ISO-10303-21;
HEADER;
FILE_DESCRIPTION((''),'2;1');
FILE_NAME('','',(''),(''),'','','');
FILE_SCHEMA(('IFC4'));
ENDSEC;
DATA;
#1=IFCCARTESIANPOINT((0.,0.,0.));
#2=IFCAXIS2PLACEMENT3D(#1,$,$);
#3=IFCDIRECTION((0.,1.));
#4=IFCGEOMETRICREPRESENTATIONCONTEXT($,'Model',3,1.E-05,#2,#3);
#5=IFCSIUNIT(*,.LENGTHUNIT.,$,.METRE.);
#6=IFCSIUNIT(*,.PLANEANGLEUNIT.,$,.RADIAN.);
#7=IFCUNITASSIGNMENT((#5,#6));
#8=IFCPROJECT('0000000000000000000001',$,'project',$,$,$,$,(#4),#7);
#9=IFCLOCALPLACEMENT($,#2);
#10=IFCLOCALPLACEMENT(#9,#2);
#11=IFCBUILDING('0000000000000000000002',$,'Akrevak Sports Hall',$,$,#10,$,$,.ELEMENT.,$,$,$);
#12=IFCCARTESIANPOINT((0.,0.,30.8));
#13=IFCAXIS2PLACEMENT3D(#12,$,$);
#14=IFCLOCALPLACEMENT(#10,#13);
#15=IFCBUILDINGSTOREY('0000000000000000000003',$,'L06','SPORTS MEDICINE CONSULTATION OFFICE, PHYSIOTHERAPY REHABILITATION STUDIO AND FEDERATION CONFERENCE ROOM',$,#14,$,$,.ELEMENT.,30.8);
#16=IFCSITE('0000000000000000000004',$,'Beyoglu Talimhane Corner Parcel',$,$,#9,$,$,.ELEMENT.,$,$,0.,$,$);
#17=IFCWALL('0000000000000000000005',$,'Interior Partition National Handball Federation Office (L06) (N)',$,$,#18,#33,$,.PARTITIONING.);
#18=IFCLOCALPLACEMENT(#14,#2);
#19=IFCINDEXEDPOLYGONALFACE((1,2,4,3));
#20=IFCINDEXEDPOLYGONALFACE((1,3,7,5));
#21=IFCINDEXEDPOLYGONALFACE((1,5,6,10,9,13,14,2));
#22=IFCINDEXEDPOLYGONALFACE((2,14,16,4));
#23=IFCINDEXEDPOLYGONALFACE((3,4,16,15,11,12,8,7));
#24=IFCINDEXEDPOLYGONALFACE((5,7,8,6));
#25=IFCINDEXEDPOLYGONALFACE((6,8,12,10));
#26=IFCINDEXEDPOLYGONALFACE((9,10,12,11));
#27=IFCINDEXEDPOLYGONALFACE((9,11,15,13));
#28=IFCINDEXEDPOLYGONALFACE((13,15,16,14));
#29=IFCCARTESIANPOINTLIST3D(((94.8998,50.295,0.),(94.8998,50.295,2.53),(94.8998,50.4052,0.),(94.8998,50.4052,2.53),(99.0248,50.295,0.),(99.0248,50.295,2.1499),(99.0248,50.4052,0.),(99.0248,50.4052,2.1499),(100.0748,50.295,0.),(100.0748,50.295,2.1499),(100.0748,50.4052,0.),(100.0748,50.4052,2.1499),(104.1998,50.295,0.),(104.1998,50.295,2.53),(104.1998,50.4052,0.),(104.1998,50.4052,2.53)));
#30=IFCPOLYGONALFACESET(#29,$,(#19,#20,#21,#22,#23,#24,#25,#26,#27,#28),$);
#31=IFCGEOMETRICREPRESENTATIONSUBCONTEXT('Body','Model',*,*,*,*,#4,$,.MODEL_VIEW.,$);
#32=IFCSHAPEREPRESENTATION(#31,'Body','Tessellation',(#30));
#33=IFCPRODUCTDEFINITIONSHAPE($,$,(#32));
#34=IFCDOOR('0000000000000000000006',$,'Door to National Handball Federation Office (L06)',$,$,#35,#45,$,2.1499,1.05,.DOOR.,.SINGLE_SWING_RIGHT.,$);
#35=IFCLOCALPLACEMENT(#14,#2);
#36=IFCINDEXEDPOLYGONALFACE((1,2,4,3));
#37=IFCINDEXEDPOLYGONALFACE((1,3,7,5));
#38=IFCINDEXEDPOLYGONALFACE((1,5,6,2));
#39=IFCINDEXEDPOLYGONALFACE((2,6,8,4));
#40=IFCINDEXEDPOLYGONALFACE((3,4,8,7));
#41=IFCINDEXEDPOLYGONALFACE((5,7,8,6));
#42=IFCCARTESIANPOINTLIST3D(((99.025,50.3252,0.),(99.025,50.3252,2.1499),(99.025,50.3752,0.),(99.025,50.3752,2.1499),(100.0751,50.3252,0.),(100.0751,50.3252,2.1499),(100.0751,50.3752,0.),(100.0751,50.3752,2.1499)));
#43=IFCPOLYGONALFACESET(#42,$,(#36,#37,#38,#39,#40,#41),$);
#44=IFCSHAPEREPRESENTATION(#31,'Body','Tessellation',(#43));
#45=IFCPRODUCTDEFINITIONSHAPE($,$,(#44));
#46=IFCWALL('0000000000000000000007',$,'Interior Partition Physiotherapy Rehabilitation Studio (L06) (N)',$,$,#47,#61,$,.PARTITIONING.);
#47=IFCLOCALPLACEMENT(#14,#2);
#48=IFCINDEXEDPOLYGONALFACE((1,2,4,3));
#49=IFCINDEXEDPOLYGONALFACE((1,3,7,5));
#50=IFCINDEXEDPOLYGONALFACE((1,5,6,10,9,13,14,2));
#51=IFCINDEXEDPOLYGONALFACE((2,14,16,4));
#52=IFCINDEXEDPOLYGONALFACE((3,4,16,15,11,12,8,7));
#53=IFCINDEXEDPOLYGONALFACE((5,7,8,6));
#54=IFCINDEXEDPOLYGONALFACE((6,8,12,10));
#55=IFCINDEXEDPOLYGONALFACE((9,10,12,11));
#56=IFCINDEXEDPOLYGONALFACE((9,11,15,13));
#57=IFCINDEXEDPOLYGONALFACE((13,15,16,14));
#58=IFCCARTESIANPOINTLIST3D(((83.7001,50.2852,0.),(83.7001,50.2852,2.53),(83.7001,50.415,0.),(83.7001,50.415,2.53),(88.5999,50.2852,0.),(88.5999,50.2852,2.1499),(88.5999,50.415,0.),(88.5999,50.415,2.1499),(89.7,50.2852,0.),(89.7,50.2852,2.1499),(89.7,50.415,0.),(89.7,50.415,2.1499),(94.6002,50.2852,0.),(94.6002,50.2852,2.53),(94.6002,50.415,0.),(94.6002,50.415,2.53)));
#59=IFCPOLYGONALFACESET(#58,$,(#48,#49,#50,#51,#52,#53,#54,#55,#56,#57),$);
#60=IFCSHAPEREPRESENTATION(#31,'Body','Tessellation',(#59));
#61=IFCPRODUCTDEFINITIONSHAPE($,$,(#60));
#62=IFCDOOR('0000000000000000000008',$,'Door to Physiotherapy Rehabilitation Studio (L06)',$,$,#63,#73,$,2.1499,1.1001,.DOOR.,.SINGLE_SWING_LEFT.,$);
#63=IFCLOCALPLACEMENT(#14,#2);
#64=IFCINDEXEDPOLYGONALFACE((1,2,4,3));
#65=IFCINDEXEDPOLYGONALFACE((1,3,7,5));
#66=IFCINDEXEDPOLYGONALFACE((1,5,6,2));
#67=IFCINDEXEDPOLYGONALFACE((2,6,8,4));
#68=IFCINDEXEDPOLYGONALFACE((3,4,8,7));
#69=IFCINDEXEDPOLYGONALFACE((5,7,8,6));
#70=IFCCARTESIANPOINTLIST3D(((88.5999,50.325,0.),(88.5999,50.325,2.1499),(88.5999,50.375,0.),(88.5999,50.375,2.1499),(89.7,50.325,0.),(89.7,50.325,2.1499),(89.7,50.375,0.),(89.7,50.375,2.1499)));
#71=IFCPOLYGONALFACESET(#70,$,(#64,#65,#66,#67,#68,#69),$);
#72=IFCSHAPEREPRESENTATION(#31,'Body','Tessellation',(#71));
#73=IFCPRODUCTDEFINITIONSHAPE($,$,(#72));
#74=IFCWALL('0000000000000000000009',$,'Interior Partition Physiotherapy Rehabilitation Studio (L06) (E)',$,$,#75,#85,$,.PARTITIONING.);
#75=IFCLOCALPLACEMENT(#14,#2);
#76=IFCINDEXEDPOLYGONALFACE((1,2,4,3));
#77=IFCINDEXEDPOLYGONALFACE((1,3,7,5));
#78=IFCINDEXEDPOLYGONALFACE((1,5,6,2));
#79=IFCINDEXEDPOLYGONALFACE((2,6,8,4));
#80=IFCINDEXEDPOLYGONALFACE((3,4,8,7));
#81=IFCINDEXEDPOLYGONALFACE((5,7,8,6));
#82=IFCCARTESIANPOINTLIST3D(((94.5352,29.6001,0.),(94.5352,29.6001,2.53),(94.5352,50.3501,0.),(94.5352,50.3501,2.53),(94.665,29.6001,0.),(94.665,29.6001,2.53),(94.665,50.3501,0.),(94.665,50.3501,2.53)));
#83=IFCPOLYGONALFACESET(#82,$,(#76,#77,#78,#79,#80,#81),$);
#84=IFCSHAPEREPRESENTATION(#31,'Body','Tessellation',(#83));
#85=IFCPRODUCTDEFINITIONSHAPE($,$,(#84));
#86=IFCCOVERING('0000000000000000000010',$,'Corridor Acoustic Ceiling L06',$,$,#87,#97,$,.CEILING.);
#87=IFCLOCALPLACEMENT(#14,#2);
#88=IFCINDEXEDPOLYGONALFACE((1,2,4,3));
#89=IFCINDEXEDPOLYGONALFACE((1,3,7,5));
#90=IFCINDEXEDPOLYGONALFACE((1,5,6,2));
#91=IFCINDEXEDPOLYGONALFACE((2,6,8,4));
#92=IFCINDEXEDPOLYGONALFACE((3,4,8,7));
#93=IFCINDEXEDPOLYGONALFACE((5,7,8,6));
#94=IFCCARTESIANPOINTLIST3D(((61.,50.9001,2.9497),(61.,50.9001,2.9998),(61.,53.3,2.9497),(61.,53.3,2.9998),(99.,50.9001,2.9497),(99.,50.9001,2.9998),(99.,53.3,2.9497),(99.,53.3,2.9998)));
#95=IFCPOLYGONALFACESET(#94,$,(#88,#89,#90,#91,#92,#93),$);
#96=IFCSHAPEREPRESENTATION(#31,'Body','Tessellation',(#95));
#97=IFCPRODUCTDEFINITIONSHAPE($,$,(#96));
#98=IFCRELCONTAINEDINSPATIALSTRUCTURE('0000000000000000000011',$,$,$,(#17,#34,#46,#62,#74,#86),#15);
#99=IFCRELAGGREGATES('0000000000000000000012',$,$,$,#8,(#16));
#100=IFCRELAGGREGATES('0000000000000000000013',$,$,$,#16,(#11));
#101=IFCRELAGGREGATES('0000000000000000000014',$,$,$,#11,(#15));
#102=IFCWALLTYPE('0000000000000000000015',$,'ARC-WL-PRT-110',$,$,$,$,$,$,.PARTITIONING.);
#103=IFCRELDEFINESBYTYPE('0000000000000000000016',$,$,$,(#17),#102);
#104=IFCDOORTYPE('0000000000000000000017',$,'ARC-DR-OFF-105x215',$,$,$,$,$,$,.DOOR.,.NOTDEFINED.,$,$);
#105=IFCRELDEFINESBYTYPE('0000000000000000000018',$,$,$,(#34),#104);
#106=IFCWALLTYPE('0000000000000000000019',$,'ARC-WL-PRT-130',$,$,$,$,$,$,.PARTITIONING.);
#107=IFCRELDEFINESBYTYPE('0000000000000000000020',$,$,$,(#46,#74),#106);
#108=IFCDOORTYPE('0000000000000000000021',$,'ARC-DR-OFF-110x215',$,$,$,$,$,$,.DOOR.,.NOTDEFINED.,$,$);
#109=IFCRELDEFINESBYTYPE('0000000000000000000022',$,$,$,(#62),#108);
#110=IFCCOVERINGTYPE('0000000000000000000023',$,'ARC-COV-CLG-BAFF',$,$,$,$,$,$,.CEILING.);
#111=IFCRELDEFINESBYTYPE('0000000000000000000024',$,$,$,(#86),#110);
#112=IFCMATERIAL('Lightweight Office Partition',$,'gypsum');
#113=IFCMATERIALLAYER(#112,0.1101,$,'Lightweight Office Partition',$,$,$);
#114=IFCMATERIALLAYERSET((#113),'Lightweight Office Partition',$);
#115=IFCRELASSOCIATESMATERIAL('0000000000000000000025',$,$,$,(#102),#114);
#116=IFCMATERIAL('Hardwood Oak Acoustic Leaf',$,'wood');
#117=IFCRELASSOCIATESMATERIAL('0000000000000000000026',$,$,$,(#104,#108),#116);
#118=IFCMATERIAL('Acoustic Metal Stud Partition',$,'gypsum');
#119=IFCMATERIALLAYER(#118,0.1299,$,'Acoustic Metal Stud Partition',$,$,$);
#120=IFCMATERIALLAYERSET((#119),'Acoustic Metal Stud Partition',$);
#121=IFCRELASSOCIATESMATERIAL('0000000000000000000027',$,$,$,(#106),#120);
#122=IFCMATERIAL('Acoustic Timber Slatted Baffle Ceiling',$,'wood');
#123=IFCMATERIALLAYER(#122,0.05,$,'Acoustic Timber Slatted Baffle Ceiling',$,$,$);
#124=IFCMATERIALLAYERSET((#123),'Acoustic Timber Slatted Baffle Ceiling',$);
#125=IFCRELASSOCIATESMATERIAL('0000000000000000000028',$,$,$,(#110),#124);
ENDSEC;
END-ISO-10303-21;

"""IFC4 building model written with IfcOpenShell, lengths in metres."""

from ifc_helpers import new_model, si_unit, direction, frame, frame_2d, origin, origin_2d, place, context, subcontext, project, spatial, rectangle, extrude, material, layer, layer_set, type_object, element, fill, save


model = new_model("IFC4")

# Units and contexts
model_context = context("Model", 3, precision=1e-05, world=origin(), true_north=direction((0.0, 1.0)))
body_context = subcontext(model_context, "Body", "Model", "MODEL_VIEW")
ifc_project = project(units=[si_unit("LENGTHUNIT", "METRE"), si_unit("PLANEANGLEUNIT", "RADIAN")], contexts=[model_context])

# Site, building, storey
site_placement = place(None, origin())
site = spatial("IfcSite", under=ifc_project, at=site_placement, Name="Beyoglu Talimhane Corner Parcel", CompositionType="ELEMENT", RefElevation=0.0)
building_placement = place(site_placement, origin())
building = spatial("IfcBuilding", under=site, at=building_placement, Name="Akrevak Sports Hall", CompositionType="ELEMENT")
storey_placement = place(building_placement, frame((0.0, 0.0, 30.8)))
storey = spatial("IfcBuildingStorey", under=building, at=storey_placement, Name="L06", Description="SPORTS MEDICINE CONSULTATION OFFICE, PHYSIOTHERAPY REHABILITATION STUDIO AND FEDERATION CONFERENCE ROOM", CompositionType="ELEMENT", Elevation=30.8)

# Shared definitions
ifc_material_1 = material(Name="Hardwood Oak Acoustic Leaf", Category="wood")

# Walls, openings, doors
ifc_material_2 = material(Name="Lightweight Office Partition", Category="gypsum")
ifc_layer_1 = layer(ifc_material_2, 0.1101, Name="Lightweight Office Partition")
ifc_layer_set_1 = layer_set([ifc_layer_1], Name="Lightweight Office Partition")
wall_type_1 = type_object("IfcWallType", Name="ARC-WL-PRT-110", PredefinedType="PARTITIONING", material=ifc_layer_set_1)
wall_1_placement = place(storey_placement, frame((94.8999, 50.3501, 0.0), z_axis=(0.0, 0.0, 1.0), x_axis=(1.0, 0.0, 0.0)))
wall_1 = element("IfcWall", 1, at=wall_1_placement, inside=storey, type_object=wall_type_1, Name="Interior Partition National Handball Federation Office (L06) (N)", PredefinedType="PARTITIONING", context=body_context, shape_type="SweptSolid", body=[
    extrude(rectangle(XDim=9.3, YDim=0.1101, at=frame_2d((4.6499, 0.0))), origin(), (0.0, 0.0, 1.0), 2.53),
])
opening_1_placement = place(wall_1_placement, frame((4.125, 0.0, 0.0)))
opening_1 = element("IfcOpeningElement", 2, at=opening_1_placement, cuts=wall_1, PredefinedType="OPENING", context=body_context, shape_type="SweptSolid", body=[
    extrude(rectangle(XDim=1.05, YDim=2.1499, at=frame_2d((0.5249, 1.075))), frame((0.0, 0.0669, 0.0), z_axis=(0.0, -1.0, 0.0), x_axis=(1.0, 0.0, 0.0)), (0.0, 0.0, 1.0), 0.134),
])
door_type_1 = type_object("IfcDoorType", Name="ARC-DR-OFF-105x215", OperationType="NOTDEFINED", PredefinedType="DOOR", material=ifc_material_1)
door_1_placement = place(opening_1_placement, frame((1.05, 0.0, 0.0), z_axis=(0.0, 0.0, 1.0), x_axis=(-1.0, 0.0, 0.0)))
door_1 = element("IfcDoor", 3, at=door_1_placement, inside=storey, type_object=door_type_1, Name="Door to National Handball Federation Office (L06)", OperationType="SINGLE_SWING_RIGHT", OverallHeight=2.1499, OverallWidth=1.05, PredefinedType="DOOR", context=body_context, shape_type="SweptSolid", body=[
    extrude(rectangle(XDim=1.05, YDim=2.1499, at=frame_2d((0.5249, 1.075))), frame((0.0, 0.0249, 0.0), z_axis=(0.0, -1.0, 0.0), x_axis=(1.0, 0.0, 0.0)), (0.0, 0.0, 1.0), 0.05),
])
fill(opening_1, door_1)
ifc_material_3 = material(Name="Acoustic Metal Stud Partition", Category="gypsum")
ifc_layer_2 = layer(ifc_material_3, 0.1299, Name="Acoustic Metal Stud Partition")
ifc_layer_set_2 = layer_set([ifc_layer_2], Name="Acoustic Metal Stud Partition")
wall_type_2 = type_object("IfcWallType", Name="ARC-WL-PRT-130", PredefinedType="PARTITIONING", material=ifc_layer_set_2)
wall_2_placement = place(storey_placement, frame((83.7, 50.3501, 0.0), z_axis=(0.0, 0.0, 1.0), x_axis=(1.0, 0.0, 0.0)))
wall_2 = element("IfcWall", 4, at=wall_2_placement, inside=storey, type_object=wall_type_2, Name="Interior Partition Physiotherapy Rehabilitation Studio (L06) (N)", PredefinedType="PARTITIONING", context=body_context, shape_type="SweptSolid", body=[
    extrude(rectangle(XDim=10.9001, YDim=0.1299, at=frame_2d((5.4502, 0.0))), origin(), (0.0, 0.0, 1.0), 2.53),
])
opening_2_placement = place(wall_2_placement, frame((4.8999, 0.0, 0.0)))
opening_2 = element("IfcOpeningElement", 5, at=opening_2_placement, cuts=wall_2, PredefinedType="OPENING", context=body_context, shape_type="SweptSolid", body=[
    extrude(rectangle(XDim=1.1001, YDim=2.1499, at=frame_2d((0.55, 1.075))), frame((0.0, 0.0769, 0.0), z_axis=(0.0, -1.0, 0.0), x_axis=(1.0, 0.0, 0.0)), (0.0, 0.0, 1.0), 0.1538),
])
door_type_2 = type_object("IfcDoorType", Name="ARC-DR-OFF-110x215", OperationType="NOTDEFINED", PredefinedType="DOOR", material=ifc_material_1)
door_2_placement = place(opening_2_placement, origin())
door_2 = element("IfcDoor", 6, at=door_2_placement, inside=storey, type_object=door_type_2, Name="Door to Physiotherapy Rehabilitation Studio (L06)", OperationType="SINGLE_SWING_LEFT", OverallHeight=2.1499, OverallWidth=1.1001, PredefinedType="DOOR", context=body_context, shape_type="SweptSolid", body=[
    extrude(rectangle(XDim=1.1001, YDim=2.1499, at=frame_2d((0.55, 1.075))), frame((0.0, 0.0249, 0.0), z_axis=(0.0, -1.0, 0.0), x_axis=(1.0, 0.0, 0.0)), (0.0, 0.0, 1.0), 0.05),
])
fill(opening_2, door_2)

# Wall
wall_3_placement = place(storey_placement, frame((94.6001, 29.6001, 0.0), z_axis=(0.0, 0.0, 1.0), x_axis=(0.0, 1.0, 0.0)))
element("IfcWall", 7, at=wall_3_placement, inside=storey, type_object=wall_type_2, Name="Interior Partition Physiotherapy Rehabilitation Studio (L06) (E)", PredefinedType="PARTITIONING", context=body_context, shape_type="SweptSolid", body=[
    extrude(rectangle(XDim=20.75, YDim=0.1299, at=frame_2d((10.375, 0.0))), origin(), (0.0, 0.0, 1.0), 2.53),
])

# Covering
ifc_material_4 = material(Name="Acoustic Timber Slatted Baffle Ceiling", Category="wood")
ifc_layer_3 = layer(ifc_material_4, 0.05, Name="Acoustic Timber Slatted Baffle Ceiling")
ifc_layer_set_3 = layer_set([ifc_layer_3], Name="Acoustic Timber Slatted Baffle Ceiling")
covering_type = type_object("IfcCoveringType", Name="ARC-COV-CLG-BAFF", PredefinedType="CEILING", material=ifc_layer_set_3)
covering_placement = place(storey_placement, frame((80.0, 52.1001, 2.9497), z_axis=(0.0, 0.0, 1.0), x_axis=(1.0, 0.0, 0.0)))
element("IfcCovering", 8, at=covering_placement, inside=storey, type_object=covering_type, Name="Corridor Acoustic Ceiling L06", PredefinedType="CEILING", context=body_context, shape_type="SweptSolid", body=[
    extrude(rectangle(XDim=38.0, YDim=2.3999, at=origin_2d()), origin(), (0.0, 0.0, 1.0), 0.05),
])

save(model, "model.ifc")
